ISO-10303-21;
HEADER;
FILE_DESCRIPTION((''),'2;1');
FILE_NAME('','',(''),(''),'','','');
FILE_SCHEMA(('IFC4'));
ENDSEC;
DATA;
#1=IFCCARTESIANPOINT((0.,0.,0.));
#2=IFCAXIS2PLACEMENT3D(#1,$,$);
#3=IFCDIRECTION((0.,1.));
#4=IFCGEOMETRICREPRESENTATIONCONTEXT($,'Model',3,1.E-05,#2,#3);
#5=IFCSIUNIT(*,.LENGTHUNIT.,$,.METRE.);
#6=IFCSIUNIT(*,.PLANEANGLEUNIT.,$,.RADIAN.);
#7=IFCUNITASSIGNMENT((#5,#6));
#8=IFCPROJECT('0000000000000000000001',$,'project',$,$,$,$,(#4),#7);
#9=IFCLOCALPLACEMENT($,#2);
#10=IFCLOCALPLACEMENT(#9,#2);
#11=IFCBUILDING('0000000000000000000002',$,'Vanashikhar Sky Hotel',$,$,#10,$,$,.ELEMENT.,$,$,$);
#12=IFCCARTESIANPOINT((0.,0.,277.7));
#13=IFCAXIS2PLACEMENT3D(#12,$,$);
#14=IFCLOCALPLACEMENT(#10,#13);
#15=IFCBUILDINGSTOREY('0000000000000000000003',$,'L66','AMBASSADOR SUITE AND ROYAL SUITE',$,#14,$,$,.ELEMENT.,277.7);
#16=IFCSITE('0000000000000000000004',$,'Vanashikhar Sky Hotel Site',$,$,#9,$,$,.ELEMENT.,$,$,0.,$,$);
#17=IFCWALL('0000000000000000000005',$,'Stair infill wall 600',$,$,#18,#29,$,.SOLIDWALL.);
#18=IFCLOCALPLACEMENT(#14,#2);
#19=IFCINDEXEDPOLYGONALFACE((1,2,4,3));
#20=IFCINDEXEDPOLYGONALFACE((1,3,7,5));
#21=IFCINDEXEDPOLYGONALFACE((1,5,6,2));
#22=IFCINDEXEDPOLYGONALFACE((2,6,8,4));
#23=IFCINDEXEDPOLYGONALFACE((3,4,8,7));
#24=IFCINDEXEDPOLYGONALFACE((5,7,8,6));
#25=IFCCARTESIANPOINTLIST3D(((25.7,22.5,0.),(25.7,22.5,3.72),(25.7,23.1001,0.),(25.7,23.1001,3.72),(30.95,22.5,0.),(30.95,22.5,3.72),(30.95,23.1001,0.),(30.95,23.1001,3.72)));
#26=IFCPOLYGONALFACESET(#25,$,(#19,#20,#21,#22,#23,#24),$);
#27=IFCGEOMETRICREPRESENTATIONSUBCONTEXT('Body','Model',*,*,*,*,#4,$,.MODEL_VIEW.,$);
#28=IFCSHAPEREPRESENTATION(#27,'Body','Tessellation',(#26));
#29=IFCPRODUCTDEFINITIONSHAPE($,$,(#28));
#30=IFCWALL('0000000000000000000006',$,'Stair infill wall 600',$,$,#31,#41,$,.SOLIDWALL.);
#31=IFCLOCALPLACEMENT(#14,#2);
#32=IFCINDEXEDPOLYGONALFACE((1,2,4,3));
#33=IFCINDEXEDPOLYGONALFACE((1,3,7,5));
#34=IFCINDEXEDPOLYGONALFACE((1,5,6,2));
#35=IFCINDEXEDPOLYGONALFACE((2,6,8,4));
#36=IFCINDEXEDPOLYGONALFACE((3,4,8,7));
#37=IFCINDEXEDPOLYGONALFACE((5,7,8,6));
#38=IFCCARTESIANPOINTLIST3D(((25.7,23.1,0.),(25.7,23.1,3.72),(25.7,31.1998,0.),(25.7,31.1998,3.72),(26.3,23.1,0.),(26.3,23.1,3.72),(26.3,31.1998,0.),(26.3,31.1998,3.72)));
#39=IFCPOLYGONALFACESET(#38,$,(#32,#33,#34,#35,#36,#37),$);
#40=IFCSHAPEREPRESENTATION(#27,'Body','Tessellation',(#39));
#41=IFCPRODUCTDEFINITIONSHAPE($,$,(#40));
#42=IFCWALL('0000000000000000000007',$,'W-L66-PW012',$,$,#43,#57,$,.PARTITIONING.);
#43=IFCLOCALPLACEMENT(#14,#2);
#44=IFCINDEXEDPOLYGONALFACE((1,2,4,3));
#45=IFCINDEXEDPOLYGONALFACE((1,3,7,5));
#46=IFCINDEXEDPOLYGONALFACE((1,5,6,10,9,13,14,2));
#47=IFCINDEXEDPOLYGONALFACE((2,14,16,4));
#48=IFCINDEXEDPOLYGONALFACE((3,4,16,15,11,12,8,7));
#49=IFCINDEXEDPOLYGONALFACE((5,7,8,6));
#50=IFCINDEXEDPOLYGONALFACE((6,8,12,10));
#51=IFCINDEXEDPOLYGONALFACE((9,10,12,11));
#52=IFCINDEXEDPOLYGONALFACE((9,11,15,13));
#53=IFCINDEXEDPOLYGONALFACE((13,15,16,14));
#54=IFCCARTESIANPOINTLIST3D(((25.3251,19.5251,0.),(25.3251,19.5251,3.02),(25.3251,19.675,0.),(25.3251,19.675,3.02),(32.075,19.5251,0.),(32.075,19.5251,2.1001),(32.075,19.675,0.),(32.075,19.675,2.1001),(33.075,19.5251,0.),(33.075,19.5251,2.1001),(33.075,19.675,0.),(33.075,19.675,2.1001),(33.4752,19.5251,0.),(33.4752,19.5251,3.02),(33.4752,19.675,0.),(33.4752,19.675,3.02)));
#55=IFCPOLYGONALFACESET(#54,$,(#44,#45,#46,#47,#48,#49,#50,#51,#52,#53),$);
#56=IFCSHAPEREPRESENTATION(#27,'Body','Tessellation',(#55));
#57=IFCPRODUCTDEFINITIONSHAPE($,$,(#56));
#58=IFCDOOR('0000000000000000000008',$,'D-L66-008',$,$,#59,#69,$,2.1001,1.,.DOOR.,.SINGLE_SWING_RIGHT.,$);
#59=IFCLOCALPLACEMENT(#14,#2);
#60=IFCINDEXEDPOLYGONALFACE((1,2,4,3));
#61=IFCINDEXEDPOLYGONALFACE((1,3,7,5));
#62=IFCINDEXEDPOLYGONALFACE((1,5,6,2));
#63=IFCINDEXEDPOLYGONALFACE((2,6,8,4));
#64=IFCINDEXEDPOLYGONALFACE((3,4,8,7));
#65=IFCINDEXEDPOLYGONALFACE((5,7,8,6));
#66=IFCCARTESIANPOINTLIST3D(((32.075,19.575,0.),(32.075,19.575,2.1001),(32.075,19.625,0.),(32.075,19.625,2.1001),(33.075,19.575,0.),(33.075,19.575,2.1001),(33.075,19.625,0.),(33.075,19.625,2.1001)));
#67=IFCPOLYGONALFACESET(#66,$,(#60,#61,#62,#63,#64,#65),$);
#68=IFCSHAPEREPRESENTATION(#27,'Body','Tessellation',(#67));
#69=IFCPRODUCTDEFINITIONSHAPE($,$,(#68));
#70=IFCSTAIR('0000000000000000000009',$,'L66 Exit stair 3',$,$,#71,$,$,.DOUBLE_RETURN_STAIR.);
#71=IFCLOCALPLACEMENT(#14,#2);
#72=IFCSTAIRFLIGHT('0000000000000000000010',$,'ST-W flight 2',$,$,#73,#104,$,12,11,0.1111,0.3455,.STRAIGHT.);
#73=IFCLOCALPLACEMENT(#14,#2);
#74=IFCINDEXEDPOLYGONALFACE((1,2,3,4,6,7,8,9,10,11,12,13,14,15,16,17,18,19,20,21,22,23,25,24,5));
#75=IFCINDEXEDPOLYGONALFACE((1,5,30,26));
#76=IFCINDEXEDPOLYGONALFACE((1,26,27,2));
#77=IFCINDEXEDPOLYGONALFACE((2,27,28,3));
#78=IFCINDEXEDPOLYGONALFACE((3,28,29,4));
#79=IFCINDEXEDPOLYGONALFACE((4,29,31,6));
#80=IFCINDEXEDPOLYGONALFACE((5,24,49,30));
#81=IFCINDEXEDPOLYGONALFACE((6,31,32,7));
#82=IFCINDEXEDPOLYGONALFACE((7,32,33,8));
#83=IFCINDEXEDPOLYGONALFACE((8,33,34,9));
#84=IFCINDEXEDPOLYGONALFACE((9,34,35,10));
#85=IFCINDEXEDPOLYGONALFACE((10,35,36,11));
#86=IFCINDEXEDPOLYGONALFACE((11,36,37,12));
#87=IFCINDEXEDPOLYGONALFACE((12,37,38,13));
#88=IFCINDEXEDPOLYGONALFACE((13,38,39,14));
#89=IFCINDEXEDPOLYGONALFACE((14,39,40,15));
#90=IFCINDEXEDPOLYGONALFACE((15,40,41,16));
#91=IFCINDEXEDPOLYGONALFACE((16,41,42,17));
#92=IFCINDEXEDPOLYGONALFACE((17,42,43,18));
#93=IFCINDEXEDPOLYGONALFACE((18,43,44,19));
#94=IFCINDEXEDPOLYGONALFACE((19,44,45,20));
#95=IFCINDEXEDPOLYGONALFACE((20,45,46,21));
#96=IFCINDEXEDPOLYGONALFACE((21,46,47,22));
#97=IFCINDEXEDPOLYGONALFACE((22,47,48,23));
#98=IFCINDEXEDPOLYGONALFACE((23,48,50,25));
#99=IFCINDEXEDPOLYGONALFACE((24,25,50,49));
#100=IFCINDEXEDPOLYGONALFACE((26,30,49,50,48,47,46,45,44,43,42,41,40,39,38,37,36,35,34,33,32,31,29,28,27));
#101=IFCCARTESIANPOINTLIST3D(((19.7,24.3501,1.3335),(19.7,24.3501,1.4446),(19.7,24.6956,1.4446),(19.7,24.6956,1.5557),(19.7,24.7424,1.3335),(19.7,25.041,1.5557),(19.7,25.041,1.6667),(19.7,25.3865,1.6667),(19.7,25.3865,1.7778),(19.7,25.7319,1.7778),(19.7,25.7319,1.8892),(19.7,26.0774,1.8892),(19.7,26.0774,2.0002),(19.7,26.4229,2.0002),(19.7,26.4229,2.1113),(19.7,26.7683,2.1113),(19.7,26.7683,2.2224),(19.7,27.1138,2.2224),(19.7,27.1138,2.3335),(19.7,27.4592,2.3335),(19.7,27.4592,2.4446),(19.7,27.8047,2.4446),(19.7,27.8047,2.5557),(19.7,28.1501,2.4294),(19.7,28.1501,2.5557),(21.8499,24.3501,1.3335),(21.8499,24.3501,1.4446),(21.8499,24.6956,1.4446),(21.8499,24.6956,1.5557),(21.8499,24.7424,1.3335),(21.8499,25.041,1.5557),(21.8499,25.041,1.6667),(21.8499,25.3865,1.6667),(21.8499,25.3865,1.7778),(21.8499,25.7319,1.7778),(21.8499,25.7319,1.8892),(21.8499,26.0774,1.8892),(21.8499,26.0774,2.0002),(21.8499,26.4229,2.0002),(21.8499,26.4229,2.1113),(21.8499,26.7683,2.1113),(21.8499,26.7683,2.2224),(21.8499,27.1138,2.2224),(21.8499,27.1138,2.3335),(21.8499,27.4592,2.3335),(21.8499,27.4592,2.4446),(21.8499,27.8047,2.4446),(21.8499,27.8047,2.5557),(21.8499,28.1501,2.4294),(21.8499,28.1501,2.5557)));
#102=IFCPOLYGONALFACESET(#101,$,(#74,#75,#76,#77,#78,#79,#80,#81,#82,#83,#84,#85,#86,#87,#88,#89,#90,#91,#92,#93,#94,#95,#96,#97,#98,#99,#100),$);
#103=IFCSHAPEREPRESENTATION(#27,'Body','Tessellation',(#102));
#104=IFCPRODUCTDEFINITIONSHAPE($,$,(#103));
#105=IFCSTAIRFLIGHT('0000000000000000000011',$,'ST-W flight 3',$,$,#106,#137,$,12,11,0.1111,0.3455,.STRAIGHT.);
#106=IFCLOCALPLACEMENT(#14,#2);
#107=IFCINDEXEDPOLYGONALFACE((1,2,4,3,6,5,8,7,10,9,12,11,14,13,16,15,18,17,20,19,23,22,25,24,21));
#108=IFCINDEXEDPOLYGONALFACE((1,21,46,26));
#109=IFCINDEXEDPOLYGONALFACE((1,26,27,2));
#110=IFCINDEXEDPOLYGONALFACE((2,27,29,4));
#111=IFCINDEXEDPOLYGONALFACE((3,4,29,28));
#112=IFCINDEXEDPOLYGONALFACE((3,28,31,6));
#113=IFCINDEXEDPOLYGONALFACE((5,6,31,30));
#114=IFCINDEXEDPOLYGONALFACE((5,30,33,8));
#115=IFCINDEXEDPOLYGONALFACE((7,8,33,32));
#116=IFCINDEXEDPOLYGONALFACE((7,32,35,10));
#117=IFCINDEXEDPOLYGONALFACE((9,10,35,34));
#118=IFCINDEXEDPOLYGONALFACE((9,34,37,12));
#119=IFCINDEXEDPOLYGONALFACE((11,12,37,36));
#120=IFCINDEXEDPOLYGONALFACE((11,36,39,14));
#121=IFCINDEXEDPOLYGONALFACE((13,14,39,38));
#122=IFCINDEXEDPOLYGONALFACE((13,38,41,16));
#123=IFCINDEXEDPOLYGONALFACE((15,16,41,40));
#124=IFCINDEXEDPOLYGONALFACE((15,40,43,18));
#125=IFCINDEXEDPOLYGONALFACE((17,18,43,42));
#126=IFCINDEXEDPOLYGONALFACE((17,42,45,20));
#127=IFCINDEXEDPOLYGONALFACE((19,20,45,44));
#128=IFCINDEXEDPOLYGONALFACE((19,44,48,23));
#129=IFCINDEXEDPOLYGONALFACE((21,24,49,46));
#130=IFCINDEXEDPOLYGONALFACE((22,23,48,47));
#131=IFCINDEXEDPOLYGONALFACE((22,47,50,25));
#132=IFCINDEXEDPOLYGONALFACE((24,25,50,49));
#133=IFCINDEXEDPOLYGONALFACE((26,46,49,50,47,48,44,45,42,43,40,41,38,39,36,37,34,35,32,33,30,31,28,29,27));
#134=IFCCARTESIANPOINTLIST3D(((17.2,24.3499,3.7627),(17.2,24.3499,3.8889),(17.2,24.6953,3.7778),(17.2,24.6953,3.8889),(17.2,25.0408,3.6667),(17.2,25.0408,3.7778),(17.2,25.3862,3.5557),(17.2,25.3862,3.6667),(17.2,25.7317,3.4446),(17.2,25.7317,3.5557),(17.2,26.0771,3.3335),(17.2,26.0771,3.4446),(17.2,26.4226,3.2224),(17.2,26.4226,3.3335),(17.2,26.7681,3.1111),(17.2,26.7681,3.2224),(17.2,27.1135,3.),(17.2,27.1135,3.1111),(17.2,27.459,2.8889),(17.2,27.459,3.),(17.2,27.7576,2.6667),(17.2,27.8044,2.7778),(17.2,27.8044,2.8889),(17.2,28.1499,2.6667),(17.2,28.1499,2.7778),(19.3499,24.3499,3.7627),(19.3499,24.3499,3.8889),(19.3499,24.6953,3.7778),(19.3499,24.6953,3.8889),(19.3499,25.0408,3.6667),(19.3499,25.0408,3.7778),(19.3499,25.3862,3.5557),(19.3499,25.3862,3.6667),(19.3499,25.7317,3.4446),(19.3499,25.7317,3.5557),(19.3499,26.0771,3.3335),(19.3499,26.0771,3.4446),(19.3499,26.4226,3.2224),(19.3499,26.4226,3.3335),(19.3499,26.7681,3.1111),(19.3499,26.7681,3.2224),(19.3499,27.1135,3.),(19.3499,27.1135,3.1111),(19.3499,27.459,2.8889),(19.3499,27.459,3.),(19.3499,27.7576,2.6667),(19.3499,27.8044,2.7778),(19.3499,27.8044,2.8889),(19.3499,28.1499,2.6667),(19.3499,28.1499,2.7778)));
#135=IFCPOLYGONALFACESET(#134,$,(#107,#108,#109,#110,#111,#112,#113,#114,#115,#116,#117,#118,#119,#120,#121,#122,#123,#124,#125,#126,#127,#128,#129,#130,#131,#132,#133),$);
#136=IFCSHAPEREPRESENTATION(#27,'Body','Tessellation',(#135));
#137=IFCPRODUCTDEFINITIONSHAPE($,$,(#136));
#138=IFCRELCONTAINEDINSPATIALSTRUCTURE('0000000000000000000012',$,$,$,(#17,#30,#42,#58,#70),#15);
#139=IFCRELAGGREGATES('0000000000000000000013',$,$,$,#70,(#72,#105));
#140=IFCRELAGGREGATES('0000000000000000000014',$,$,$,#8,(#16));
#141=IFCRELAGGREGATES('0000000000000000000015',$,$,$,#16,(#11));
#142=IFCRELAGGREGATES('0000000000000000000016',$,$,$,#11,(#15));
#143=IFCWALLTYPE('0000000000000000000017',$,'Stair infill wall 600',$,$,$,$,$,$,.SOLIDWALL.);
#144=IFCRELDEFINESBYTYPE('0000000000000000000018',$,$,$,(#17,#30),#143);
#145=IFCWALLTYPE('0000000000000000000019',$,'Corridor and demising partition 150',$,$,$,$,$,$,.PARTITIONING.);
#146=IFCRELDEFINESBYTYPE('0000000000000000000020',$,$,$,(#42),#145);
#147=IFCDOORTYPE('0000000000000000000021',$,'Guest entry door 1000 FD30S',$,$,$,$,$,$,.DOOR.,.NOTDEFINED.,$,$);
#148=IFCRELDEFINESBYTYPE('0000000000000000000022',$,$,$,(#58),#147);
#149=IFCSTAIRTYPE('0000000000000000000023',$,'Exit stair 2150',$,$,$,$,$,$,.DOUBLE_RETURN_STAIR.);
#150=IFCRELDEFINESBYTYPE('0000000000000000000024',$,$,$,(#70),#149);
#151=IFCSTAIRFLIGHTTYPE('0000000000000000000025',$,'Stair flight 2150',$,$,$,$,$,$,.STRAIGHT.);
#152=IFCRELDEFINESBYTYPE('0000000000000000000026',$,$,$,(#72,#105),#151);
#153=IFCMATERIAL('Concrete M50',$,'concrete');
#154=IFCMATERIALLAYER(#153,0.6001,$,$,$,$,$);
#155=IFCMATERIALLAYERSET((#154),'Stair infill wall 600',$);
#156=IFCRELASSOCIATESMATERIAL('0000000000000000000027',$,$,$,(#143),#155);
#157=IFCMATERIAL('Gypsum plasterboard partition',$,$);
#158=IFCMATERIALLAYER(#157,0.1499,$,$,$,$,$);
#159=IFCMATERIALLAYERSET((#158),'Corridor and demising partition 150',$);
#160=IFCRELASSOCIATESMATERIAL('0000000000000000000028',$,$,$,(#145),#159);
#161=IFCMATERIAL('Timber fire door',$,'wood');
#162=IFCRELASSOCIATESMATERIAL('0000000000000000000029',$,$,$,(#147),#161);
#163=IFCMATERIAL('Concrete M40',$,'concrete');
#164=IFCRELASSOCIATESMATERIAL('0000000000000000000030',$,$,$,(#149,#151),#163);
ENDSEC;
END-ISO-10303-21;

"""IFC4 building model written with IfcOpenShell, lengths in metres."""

from ifc_helpers import new_model, si_unit, direction, frame, frame_2d, origin, place, context, subcontext, project, spatial, polyline, rectangle, outline, extrude, source, transform, mapped, material, layer, layer_set, type_object, element, fill, aggregate, save


model = new_model("IFC4")

# Units and contexts
model_context = context("Model", 3, precision=1e-05, world=origin(), true_north=direction((0.0, 1.0)))
body_context = subcontext(model_context, "Body", "Model", "MODEL_VIEW")
ifc_project = project(units=[si_unit("LENGTHUNIT", "METRE"), si_unit("PLANEANGLEUNIT", "RADIAN")], contexts=[model_context])

# Site, building, storey
site_placement = place(None, origin())
site = spatial("IfcSite", under=ifc_project, at=site_placement, Name="Vanashikhar Sky Hotel Site", CompositionType="ELEMENT", RefElevation=0.0)
building_placement = place(site_placement, origin())
building = spatial("IfcBuilding", under=site, at=building_placement, Name="Vanashikhar Sky Hotel", CompositionType="ELEMENT")
storey_placement = place(building_placement, frame((0.0, 0.0, 277.7)))
storey = spatial("IfcBuildingStorey", under=building, at=storey_placement, Name="L66", Description="AMBASSADOR SUITE AND ROYAL SUITE", CompositionType="ELEMENT", Elevation=277.7)

# Shared definitions
ifc_material_1 = material(Name="Concrete M50", Category="concrete")

# Walls
ifc_layer_1 = layer(ifc_material_1, 0.6001)
ifc_layer_set_1 = layer_set([ifc_layer_1], Name="Stair infill wall 600")
wall_type_1 = type_object("IfcWallType", Name="Stair infill wall 600", PredefinedType="SOLIDWALL", material=ifc_layer_set_1)
shared_shape_1 = source(origin(), body_context, "Body", "SweptSolid", [
    extrude(rectangle(XDim=5.25, YDim=0.6001, at=frame_2d((2.625, 0.0))), origin(), (0.0, 0.0, 1.0), 3.72),
])
wall_1_placement = place(storey_placement, frame((25.7, 22.8, 0.0), z_axis=(0.0, 0.0, 1.0), x_axis=(1.0, 0.0, 0.0)))
element("IfcWall", 1, at=wall_1_placement, inside=storey, type_object=wall_type_1, Name="Stair infill wall 600", PredefinedType="SOLIDWALL", context=body_context, shape_type="MappedRepresentation", body=[
    mapped(shared_shape_1, transform((0.0, 0.0, 0.0), scale=1.0)),
])
shared_shape_2 = source(origin(), body_context, "Body", "SweptSolid", [
    extrude(rectangle(XDim=8.0999, YDim=0.6001, at=frame_2d((4.0498, 0.0))), origin(), (0.0, 0.0, 1.0), 3.72),
])
wall_2_placement = place(storey_placement, frame((26.0, 23.1001, 0.0), z_axis=(0.0, 0.0, 1.0), x_axis=(0.0, 1.0, 0.0)))
element("IfcWall", 2, at=wall_2_placement, inside=storey, type_object=wall_type_1, Name="Stair infill wall 600", PredefinedType="SOLIDWALL", context=body_context, shape_type="MappedRepresentation", body=[
    mapped(shared_shape_2, transform((0.0, 0.0, 0.0), scale=1.0)),
])

# Wall, opening, door
ifc_material_2 = material(Name="Gypsum plasterboard partition")
ifc_layer_2 = layer(ifc_material_2, 0.1499)
ifc_layer_set_2 = layer_set([ifc_layer_2], Name="Corridor and demising partition 150")
wall_type_2 = type_object("IfcWallType", Name="Corridor and demising partition 150", PredefinedType="PARTITIONING", material=ifc_layer_set_2)
shared_shape_3 = source(origin(), body_context, "Body", "SweptSolid", [
    extrude(rectangle(XDim=8.1501, YDim=0.1499, at=frame_2d((4.0752, 0.0))), origin(), (0.0, 0.0, 1.0), 3.02),
])
wall_3_placement = place(storey_placement, frame((25.325, 19.6001, 0.0), z_axis=(0.0, 0.0, 1.0), x_axis=(1.0, 0.0, 0.0)))
wall_3 = element("IfcWall", 3, at=wall_3_placement, inside=storey, type_object=wall_type_2, Name="W-L66-PW012", PredefinedType="PARTITIONING", context=body_context, shape_type="MappedRepresentation", body=[
    mapped(shared_shape_3, transform((0.0, 0.0, 0.0), scale=1.0)),
])
shared_shape_4 = source(origin(), body_context, "Body", "SweptSolid", [
    extrude(rectangle(XDim=1.0, YDim=2.1001, at=frame_2d((0.5, 1.05))), frame((0.0, 0.085, 0.0), z_axis=(0.0, -1.0, 0.0), x_axis=(1.0, 0.0, 0.0)), (0.0, 0.0, 1.0), 0.1699),
])
opening_1_placement = place(wall_3_placement, frame((6.75, 0.0, 0.0)))
opening_1 = element("IfcOpeningElement", 4, at=opening_1_placement, cuts=wall_3, PredefinedType="OPENING", context=body_context, shape_type="MappedRepresentation", body=[
    mapped(shared_shape_4, transform((0.0, 0.0, 0.0), scale=1.0)),
])
ifc_material_3 = material(Name="Timber fire door", Category="wood")
door_type_1 = type_object("IfcDoorType", Name="Guest entry door 1000 FD30S", OperationType="NOTDEFINED", PredefinedType="DOOR", material=ifc_material_3)
shared_shape_5 = source(origin(), body_context, "Body", "SweptSolid", [
    extrude(rectangle(XDim=1.0, YDim=2.1001, at=frame_2d((0.5, 1.05))), frame((0.0, 0.0249, 0.0), z_axis=(0.0, -1.0, 0.0), x_axis=(1.0, 0.0, 0.0)), (0.0, 0.0, 1.0), 0.05),
])
door_1_placement = place(opening_1_placement, origin())
door_1 = element("IfcDoor", 5, at=door_1_placement, inside=storey, type_object=door_type_1, Name="D-L66-008", OperationType="SINGLE_SWING_RIGHT", OverallHeight=2.1001, OverallWidth=1.0, PredefinedType="DOOR", context=body_context, shape_type="MappedRepresentation", body=[
    mapped(shared_shape_5, transform((0.0, 0.0, 0.0), scale=1.0)),
])
fill(opening_1, door_1)

# Stair, stair flights
ifc_material_4 = material(Name="Concrete M40", Category="concrete")
stair_type = type_object("IfcStairType", Name="Exit stair 2150", PredefinedType="DOUBLE_RETURN_STAIR", material=ifc_material_4)
stair_placement = place(storey_placement, origin())
stair = element("IfcStair", 6, at=stair_placement, inside=storey, type_object=stair_type, Name="L66 Exit stair 3", PredefinedType="DOUBLE_RETURN_STAIR")
stair_flight_type = type_object("IfcStairFlightType", Name="Stair flight 2150", PredefinedType="STRAIGHT", material=ifc_material_4)
shared_shape_6 = source(origin(), body_context, "Body", "SweptSolid", [
    extrude(outline(polyline([(0.0, 0.0), (0.0, 0.1111), (0.3455, 0.1111), (0.3455, 0.2222), (0.6909, 0.2222), (0.6909, 0.3333), (1.0364, 0.3333), (1.0364, 0.4443), (1.3818, 0.4443), (1.3818, 0.5557), (1.7273, 0.5557), (1.7273, 0.6667), (2.0728, 0.6667), (2.0728, 0.7778), (2.4182, 0.7778), (2.4182, 0.8889), (2.7637, 0.8889), (2.7637, 1.0), (3.1091, 1.0), (3.1091, 1.1111), (3.4546, 1.1111), (3.4546, 1.2222), (3.8, 1.2222), (3.8, 1.3333), (3.8, 1.0959), (0.3923, 0.0), (0.0, 0.0)])), frame((0.0, 1.075, 0.0), z_axis=(0.0, -1.0, 0.0), x_axis=(1.0, 0.0, 0.0)), (0.0, 0.0, 1.0), 2.1499),
])
stair_flight_1_placement = place(storey_placement, frame((20.7749, 24.3501, 1.3335), z_axis=(0.0, 0.0, 1.0), x_axis=(0.0, 1.0, 0.0)))
stair_flight_1 = element("IfcStairFlight", 7, at=stair_flight_1_placement, type_object=stair_flight_type, Name="ST-W flight 2", NumberOfRisers=12, NumberOfTreads=11, PredefinedType="STRAIGHT", RiserHeight=0.1111, TreadLength=0.3455, context=body_context, shape_type="MappedRepresentation", body=[
    mapped(shared_shape_6, transform((0.0, 0.0, 0.0), scale=1.0)),
])
stair_flight_2_placement = place(storey_placement, frame((18.2749, 28.1499, 2.6667), z_axis=(0.0, 0.0, 1.0), x_axis=(0.0, -1.0, 0.0)))
stair_flight_2 = element("IfcStairFlight", 8, at=stair_flight_2_placement, type_object=stair_flight_type, Name="ST-W flight 3", NumberOfRisers=12, NumberOfTreads=11, PredefinedType="STRAIGHT", RiserHeight=0.1111, TreadLength=0.3455, context=body_context, shape_type="MappedRepresentation", body=[
    mapped(shared_shape_6, transform((0.0, 0.0, 0.0), scale=1.0)),
])
aggregate(stair, [stair_flight_1, stair_flight_2])

save(model, "model.ifc")
